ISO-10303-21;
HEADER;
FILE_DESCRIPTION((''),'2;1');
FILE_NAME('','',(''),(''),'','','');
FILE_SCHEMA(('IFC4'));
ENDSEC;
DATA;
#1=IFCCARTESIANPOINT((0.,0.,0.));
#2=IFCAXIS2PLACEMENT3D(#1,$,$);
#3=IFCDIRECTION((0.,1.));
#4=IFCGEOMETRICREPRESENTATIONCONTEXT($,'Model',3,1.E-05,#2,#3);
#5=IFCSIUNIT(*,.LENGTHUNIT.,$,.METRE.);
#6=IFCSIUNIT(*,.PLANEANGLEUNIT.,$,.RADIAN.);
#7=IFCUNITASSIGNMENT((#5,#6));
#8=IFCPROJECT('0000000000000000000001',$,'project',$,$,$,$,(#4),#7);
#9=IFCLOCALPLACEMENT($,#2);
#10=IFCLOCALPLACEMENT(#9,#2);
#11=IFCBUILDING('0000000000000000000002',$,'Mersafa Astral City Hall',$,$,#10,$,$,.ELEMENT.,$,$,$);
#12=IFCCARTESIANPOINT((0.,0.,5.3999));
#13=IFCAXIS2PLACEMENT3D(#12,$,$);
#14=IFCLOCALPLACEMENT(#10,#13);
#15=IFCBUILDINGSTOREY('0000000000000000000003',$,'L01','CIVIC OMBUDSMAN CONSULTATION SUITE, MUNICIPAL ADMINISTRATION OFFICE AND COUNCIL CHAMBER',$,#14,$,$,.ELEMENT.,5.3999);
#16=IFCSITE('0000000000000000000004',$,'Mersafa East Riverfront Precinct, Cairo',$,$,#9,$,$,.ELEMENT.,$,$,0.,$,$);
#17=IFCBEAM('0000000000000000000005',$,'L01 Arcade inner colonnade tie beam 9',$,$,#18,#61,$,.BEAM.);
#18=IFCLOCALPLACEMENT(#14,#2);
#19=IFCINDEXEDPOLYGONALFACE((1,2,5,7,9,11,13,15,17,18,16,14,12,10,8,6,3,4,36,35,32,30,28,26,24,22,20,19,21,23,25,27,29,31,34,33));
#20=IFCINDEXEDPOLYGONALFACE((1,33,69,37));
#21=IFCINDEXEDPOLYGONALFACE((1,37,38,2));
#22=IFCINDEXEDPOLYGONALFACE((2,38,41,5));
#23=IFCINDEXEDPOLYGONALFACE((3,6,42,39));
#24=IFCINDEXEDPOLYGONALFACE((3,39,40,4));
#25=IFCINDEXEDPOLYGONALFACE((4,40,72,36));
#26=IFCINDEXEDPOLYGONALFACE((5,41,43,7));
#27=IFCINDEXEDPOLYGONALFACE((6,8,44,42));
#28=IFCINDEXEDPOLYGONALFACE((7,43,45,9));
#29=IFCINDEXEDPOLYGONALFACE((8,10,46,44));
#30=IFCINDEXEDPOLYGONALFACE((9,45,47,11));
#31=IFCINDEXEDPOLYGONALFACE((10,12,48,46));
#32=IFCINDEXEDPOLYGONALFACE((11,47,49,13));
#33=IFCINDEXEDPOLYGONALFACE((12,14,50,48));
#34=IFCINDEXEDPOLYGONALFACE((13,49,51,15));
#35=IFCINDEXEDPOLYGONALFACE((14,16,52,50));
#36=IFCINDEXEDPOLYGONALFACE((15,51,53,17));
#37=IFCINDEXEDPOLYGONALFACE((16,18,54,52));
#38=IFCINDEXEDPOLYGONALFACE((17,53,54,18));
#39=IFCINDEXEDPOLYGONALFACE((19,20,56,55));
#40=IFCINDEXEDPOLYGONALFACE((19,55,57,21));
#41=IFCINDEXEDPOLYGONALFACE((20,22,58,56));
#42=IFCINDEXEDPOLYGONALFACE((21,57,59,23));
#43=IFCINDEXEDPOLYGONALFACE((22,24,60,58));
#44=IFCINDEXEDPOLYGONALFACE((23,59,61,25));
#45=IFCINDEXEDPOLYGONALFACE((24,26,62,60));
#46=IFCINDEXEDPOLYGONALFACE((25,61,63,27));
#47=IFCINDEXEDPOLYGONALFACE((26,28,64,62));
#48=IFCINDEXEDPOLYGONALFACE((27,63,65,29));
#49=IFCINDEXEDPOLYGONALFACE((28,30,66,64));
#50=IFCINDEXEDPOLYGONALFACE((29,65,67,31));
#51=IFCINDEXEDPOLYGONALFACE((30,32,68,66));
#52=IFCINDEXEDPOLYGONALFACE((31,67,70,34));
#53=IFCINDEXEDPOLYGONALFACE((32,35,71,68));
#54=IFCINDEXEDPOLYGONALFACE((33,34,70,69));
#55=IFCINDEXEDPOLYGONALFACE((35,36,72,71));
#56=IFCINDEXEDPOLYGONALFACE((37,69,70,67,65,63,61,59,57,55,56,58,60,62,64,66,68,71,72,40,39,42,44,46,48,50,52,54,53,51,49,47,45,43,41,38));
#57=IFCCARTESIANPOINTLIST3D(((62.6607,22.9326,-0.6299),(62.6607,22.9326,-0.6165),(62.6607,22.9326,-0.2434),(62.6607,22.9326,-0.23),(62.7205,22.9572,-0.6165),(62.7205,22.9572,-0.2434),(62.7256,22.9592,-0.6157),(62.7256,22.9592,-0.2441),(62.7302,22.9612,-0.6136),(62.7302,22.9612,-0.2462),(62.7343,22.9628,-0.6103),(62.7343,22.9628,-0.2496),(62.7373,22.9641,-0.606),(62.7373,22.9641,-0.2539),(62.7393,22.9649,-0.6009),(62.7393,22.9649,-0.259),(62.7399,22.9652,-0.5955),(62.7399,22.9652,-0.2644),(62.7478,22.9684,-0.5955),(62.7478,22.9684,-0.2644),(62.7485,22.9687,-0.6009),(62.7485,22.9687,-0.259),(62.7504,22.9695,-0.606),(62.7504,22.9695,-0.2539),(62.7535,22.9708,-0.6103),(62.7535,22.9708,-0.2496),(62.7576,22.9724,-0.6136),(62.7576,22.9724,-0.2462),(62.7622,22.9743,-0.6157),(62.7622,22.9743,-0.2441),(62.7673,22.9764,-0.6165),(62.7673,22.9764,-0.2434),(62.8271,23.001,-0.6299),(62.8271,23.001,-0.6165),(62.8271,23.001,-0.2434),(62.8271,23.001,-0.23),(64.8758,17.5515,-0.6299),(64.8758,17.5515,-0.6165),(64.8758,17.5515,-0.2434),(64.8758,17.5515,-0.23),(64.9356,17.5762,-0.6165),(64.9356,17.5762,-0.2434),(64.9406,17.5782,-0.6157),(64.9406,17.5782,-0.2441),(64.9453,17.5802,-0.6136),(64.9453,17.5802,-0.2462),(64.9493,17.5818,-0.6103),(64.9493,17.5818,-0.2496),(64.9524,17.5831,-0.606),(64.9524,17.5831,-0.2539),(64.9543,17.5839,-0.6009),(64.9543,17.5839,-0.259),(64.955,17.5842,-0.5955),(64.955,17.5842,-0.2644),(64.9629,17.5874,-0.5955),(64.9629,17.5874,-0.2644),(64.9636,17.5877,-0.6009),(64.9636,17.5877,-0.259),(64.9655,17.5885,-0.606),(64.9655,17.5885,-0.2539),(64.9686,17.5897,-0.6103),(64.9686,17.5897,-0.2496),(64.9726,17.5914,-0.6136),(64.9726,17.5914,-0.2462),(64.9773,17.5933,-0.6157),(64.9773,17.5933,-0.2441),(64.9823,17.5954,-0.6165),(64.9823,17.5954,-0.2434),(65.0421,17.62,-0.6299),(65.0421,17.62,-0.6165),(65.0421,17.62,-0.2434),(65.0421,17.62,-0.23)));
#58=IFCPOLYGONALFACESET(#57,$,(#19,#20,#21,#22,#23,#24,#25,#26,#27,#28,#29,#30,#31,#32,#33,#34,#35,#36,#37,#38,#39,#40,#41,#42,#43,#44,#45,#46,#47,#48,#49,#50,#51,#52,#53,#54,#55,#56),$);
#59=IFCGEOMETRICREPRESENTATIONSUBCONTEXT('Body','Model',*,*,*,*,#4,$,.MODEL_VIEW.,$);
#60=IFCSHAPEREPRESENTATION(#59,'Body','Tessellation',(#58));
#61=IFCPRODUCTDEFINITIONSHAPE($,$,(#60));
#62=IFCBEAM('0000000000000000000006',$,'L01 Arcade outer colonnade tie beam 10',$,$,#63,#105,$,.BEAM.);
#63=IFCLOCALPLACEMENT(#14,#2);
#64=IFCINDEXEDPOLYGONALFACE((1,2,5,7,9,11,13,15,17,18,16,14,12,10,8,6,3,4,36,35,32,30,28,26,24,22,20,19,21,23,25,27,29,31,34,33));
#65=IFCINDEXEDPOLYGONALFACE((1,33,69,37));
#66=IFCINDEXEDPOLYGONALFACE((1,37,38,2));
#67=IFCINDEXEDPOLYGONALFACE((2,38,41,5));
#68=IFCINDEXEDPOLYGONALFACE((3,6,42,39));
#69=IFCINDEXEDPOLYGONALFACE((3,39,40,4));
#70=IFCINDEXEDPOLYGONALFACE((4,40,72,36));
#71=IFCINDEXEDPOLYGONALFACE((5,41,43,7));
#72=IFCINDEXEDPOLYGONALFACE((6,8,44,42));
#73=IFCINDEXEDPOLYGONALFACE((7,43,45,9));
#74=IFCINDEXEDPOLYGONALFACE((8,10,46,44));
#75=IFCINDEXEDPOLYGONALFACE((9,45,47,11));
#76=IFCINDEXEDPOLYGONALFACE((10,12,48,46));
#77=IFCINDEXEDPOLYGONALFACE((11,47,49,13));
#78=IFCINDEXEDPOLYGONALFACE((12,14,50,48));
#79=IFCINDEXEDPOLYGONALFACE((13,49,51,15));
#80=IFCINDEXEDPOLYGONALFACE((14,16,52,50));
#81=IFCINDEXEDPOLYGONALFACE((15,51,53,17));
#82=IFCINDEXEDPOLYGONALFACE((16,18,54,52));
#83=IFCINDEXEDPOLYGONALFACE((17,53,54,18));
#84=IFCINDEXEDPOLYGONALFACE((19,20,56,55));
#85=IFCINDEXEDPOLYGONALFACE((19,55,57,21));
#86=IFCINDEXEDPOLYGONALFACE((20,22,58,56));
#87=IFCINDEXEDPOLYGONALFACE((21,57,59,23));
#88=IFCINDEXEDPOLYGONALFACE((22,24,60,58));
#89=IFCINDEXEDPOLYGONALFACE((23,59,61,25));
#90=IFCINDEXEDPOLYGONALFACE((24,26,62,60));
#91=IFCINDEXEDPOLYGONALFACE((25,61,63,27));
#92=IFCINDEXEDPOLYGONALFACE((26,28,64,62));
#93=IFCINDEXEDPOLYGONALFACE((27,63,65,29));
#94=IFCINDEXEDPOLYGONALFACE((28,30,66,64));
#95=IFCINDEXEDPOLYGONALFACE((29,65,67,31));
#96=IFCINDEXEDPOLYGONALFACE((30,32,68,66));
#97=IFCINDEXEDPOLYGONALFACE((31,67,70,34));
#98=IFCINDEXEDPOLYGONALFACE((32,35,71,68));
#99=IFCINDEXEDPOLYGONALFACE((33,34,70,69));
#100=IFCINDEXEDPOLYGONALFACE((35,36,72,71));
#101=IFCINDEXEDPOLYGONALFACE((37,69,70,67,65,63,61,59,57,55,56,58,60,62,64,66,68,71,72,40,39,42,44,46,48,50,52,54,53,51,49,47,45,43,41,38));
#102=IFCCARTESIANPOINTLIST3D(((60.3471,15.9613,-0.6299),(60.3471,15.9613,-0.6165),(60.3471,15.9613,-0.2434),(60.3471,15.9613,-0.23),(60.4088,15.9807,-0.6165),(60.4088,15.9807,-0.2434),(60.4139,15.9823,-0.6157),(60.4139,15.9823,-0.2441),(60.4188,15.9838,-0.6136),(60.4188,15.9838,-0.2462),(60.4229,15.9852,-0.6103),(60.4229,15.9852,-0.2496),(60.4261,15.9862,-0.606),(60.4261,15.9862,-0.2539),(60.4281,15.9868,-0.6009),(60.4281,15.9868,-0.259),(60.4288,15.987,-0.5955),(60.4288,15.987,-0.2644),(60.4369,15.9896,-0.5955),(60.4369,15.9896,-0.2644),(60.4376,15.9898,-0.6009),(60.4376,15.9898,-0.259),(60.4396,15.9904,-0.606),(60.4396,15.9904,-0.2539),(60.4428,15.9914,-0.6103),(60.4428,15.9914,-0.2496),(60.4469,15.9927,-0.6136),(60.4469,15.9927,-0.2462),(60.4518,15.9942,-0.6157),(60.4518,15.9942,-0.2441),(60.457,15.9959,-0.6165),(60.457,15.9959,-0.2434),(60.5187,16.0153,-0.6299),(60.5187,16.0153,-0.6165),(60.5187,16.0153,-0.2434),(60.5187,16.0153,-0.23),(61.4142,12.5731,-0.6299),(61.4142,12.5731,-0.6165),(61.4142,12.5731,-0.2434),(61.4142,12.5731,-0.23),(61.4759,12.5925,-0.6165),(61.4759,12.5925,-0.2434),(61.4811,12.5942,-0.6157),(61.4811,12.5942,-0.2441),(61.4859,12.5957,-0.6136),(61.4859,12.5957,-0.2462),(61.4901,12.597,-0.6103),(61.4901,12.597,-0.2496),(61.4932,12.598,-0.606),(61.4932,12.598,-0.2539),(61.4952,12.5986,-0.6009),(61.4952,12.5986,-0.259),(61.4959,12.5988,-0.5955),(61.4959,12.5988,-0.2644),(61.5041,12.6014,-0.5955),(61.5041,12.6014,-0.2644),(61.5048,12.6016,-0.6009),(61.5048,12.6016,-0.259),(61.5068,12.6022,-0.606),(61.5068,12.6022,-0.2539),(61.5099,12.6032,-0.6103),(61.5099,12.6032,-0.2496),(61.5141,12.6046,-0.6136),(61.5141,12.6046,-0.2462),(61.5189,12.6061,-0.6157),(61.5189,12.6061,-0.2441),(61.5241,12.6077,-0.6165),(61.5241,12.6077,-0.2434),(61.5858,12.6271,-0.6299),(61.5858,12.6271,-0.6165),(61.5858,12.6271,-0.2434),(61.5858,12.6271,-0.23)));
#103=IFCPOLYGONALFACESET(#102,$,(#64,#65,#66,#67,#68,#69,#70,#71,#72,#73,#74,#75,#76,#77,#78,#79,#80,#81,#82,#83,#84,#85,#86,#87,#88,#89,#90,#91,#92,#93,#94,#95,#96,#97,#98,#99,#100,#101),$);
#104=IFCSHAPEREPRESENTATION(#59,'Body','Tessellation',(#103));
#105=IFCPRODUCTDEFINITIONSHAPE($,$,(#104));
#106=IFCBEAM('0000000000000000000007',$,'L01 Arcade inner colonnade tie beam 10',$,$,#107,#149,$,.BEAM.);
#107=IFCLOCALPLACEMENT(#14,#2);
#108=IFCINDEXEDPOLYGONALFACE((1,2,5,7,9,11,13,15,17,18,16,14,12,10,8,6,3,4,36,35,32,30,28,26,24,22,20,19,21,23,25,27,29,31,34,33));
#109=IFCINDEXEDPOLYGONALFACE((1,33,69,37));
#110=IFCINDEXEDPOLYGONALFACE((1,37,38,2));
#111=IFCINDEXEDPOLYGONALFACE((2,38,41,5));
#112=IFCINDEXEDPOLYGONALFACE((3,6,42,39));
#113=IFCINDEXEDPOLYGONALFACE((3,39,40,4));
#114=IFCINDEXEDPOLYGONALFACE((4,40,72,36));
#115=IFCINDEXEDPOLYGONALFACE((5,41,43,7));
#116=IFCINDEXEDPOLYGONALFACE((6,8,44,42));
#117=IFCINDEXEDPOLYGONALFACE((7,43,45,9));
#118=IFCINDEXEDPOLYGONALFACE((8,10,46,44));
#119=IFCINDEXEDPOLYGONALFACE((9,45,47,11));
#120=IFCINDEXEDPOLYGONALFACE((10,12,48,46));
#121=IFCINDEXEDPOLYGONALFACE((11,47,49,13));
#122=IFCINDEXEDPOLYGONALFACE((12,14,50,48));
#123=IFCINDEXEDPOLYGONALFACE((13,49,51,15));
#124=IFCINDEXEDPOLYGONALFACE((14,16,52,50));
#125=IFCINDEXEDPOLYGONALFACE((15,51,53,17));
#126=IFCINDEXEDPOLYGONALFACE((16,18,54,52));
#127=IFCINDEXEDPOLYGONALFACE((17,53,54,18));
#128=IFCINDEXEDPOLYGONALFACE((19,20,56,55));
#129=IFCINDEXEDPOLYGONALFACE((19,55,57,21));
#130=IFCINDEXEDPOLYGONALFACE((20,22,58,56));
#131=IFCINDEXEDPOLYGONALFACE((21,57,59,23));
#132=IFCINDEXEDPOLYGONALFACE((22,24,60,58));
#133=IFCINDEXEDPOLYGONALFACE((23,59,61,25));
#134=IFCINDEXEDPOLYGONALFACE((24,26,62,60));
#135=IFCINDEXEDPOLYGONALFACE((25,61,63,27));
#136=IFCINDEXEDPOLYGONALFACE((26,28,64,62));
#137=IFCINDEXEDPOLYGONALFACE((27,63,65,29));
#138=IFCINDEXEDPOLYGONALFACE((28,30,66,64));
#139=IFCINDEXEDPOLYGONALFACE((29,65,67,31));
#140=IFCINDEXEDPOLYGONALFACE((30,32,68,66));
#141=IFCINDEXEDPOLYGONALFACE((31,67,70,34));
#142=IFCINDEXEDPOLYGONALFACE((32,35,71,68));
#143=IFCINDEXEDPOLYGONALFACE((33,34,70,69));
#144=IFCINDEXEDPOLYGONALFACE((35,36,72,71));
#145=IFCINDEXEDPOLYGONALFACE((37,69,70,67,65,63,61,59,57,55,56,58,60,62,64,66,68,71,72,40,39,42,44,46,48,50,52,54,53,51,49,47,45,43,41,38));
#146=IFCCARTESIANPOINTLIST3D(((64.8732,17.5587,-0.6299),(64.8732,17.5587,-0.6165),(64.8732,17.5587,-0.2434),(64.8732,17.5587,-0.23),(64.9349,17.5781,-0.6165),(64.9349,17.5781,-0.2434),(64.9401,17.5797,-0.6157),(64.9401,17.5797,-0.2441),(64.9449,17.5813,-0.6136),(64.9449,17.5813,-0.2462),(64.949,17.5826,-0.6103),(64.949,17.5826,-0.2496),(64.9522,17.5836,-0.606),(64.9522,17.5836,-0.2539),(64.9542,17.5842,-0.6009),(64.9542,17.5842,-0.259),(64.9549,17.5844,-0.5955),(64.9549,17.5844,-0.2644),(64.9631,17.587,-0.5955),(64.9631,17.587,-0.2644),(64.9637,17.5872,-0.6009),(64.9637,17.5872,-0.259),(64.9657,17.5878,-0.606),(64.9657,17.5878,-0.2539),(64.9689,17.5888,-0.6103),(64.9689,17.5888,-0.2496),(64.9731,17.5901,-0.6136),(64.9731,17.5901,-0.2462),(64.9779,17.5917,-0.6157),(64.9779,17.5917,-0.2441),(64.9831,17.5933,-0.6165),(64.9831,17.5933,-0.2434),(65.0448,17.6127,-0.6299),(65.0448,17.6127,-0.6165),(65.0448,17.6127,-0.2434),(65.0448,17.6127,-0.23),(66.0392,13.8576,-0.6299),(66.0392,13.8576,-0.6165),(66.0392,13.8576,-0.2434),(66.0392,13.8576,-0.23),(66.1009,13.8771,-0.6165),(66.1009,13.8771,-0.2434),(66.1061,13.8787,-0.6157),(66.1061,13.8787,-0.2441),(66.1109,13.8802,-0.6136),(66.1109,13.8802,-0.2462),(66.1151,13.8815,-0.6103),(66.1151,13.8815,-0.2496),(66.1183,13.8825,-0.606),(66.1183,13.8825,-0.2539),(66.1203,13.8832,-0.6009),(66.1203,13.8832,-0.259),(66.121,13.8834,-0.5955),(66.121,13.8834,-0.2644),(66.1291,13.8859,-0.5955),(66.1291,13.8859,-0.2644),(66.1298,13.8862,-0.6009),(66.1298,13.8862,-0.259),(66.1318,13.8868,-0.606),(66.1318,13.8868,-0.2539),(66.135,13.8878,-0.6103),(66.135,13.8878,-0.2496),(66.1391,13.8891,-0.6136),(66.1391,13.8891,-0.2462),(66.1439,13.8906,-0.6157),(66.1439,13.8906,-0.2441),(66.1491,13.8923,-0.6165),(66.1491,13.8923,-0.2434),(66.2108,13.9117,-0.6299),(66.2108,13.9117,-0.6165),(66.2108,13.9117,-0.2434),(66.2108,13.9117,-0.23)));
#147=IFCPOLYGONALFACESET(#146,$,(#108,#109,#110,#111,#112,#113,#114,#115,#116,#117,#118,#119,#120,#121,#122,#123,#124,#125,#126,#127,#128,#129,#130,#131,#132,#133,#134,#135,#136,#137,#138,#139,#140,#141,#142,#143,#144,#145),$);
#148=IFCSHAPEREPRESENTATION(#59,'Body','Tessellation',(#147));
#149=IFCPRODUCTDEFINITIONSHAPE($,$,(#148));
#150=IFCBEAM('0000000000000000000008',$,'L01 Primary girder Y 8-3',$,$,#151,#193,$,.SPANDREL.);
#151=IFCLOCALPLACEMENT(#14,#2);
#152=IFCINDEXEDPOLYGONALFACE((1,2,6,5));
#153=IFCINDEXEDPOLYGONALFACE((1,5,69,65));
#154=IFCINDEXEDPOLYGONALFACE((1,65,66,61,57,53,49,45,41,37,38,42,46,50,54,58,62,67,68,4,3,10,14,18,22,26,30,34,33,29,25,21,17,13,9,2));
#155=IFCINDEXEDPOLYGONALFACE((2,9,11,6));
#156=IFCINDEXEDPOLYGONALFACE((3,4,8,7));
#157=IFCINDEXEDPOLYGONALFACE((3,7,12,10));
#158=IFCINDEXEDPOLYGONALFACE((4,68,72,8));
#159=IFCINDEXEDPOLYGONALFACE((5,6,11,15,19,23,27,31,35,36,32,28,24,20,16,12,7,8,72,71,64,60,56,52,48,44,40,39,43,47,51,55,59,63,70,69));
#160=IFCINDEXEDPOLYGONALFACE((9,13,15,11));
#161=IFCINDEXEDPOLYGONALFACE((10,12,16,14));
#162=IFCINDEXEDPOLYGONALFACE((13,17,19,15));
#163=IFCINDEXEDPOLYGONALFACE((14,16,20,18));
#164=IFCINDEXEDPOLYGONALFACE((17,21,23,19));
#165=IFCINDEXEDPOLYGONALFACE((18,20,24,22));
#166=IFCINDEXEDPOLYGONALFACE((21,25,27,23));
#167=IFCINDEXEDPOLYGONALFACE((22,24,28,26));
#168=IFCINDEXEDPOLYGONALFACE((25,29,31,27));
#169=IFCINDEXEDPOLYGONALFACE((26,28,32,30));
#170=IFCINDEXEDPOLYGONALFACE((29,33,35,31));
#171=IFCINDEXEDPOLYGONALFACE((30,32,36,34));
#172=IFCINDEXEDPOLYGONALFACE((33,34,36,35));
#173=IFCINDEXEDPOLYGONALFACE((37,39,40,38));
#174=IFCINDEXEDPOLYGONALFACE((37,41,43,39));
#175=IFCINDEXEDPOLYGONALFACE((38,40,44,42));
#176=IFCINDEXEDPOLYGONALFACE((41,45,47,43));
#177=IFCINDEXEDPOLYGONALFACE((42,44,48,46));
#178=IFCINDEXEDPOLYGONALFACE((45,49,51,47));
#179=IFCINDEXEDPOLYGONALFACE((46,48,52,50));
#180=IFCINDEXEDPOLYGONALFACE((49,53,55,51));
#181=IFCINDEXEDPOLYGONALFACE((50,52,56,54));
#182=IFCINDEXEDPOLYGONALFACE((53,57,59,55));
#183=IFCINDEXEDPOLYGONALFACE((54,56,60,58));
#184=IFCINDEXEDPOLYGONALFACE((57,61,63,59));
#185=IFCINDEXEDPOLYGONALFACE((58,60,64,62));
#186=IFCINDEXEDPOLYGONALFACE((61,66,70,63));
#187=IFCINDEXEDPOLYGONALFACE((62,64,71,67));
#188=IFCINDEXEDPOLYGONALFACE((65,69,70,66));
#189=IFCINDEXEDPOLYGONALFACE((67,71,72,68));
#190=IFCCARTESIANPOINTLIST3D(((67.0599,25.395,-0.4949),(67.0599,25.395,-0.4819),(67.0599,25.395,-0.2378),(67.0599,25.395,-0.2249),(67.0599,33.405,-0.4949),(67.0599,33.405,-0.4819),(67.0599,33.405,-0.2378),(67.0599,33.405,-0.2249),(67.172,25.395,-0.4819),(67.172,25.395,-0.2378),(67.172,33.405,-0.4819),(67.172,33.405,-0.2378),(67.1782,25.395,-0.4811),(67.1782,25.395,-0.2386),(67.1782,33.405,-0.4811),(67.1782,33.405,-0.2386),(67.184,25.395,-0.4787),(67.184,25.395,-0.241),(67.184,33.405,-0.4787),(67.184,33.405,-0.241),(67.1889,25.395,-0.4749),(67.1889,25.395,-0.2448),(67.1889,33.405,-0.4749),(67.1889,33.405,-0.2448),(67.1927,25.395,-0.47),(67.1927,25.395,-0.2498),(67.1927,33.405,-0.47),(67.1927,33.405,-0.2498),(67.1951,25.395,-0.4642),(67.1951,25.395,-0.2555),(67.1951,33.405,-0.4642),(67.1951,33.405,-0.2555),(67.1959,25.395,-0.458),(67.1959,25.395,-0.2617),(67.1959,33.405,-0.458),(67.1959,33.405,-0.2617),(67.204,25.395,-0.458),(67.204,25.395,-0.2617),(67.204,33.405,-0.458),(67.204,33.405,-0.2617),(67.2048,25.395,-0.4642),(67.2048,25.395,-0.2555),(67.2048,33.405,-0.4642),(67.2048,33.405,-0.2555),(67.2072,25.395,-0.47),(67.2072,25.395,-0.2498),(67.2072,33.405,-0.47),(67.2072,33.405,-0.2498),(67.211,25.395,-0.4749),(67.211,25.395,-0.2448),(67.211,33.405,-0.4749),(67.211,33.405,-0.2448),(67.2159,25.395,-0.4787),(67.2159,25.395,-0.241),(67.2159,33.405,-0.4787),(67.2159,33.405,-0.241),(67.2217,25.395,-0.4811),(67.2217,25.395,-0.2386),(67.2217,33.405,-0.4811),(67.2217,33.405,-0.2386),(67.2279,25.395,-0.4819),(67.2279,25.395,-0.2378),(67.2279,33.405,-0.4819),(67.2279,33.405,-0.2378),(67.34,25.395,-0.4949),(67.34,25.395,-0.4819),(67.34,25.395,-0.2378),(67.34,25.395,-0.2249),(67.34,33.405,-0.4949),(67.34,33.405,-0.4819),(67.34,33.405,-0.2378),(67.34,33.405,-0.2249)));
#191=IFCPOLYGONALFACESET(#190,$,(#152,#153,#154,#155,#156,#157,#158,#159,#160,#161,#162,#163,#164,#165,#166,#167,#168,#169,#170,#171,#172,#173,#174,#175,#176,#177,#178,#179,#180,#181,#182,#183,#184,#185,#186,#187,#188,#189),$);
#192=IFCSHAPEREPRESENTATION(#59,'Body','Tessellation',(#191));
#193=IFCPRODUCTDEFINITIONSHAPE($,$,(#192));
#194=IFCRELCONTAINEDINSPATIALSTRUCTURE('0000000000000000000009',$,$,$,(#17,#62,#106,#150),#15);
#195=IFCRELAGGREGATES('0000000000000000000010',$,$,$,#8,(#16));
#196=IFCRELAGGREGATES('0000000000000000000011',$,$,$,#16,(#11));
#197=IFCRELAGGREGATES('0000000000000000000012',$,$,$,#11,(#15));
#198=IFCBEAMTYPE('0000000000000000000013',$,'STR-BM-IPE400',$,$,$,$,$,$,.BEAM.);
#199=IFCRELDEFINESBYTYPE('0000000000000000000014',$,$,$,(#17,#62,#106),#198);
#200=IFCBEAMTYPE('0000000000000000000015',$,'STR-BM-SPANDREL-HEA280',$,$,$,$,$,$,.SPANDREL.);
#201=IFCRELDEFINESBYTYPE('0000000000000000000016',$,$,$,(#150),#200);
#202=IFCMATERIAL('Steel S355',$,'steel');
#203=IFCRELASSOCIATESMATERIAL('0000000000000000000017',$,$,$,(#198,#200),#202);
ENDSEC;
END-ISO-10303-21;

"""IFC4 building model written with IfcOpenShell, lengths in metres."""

from ifc_helpers import new_model, si_unit, direction, frame, origin, origin_2d, place, context, subcontext, project, spatial, i_section, extrude, material, material_profile, profile_set, type_object, element, save


model = new_model("IFC4")

# Units and contexts
model_context = context("Model", 3, precision=1e-05, world=origin(), true_north=direction((0.0, 1.0)))
body_context = subcontext(model_context, "Body", "Model", "MODEL_VIEW")
ifc_project = project(units=[si_unit("LENGTHUNIT", "METRE"), si_unit("PLANEANGLEUNIT", "RADIAN")], contexts=[model_context])

# Site, building, storey
site_placement = place(None, origin())
site = spatial("IfcSite", under=ifc_project, at=site_placement, Name="Mersafa East Riverfront Precinct, Cairo", CompositionType="ELEMENT", RefElevation=0.0)
building_placement = place(site_placement, origin())
building = spatial("IfcBuilding", under=site, at=building_placement, Name="Mersafa Astral City Hall", CompositionType="ELEMENT")
storey_placement = place(building_placement, frame((0.0, 0.0, 5.3999)))
storey = spatial("IfcBuildingStorey", under=building, at=storey_placement, Name="L01", Description="CIVIC OMBUDSMAN CONSULTATION SUITE, MUNICIPAL ADMINISTRATION OFFICE AND COUNCIL CHAMBER", CompositionType="ELEMENT", Elevation=5.3999)

# Shared definitions
ifc_material_1 = material(Name="Steel S355", Category="steel")

# Beams
ifc_material_profile_1 = material_profile(ifc_material_1, i_section(OverallWidth=0.1799, OverallDepth=0.3999, WebThickness=0.0085, FlangeThickness=0.0134, FilletRadius=0.021, at=origin_2d()), Name="IPE 400")
ifc_profile_set_1 = profile_set([ifc_material_profile_1], Name="Steel S355")
beam_type_1 = type_object("IfcBeamType", Name="STR-BM-IPE400", PredefinedType="BEAM", material=ifc_profile_set_1)
beam_1_placement = place(storey_placement, frame((62.7439, 22.9668, -0.4299), z_axis=(0.380653, -0.924718, 0.0), x_axis=(0.924718, 0.380653, 0.0)))
element("IfcBeam", 1, at=beam_1_placement, inside=storey, type_object=beam_type_1, Name="L01 Arcade inner colonnade tie beam 9", PredefinedType="BEAM", context=body_context, shape_type="SweptSolid", body=[
    extrude(i_section(OverallWidth=0.1799, OverallDepth=0.3999, WebThickness=0.0085, FlangeThickness=0.0134, FilletRadius=0.021, at=origin_2d()), origin(), (0.0, 0.0, 1.0), 5.8191),
])
beam_2_placement = place(storey_placement, frame((60.4329, 15.9883, -0.4299), z_axis=(0.300411, -0.95381, 0.0), x_axis=(0.95381, 0.300411, 0.0)))
element("IfcBeam", 2, at=beam_2_placement, inside=storey, type_object=beam_type_1, Name="L01 Arcade outer colonnade tie beam 10", PredefinedType="BEAM", context=body_context, shape_type="SweptSolid", body=[
    extrude(i_section(OverallWidth=0.1799, OverallDepth=0.3999, WebThickness=0.0085, FlangeThickness=0.0134, FilletRadius=0.021, at=origin_2d()), origin(), (0.0, 0.0, 1.0), 3.5522),
])
beam_3_placement = place(storey_placement, frame((64.959, 17.5857, -0.4299), z_axis=(0.300499, -0.953782, 0.0), x_axis=(0.953782, 0.300499, 0.0)))
element("IfcBeam", 3, at=beam_3_placement, inside=storey, type_object=beam_type_1, Name="L01 Arcade inner colonnade tie beam 10", PredefinedType="BEAM", context=body_context, shape_type="SweptSolid", body=[
    extrude(i_section(OverallWidth=0.1799, OverallDepth=0.3999, WebThickness=0.0085, FlangeThickness=0.0134, FilletRadius=0.021, at=origin_2d()), origin(), (0.0, 0.0, 1.0), 3.8804),
])
ifc_material_profile_2 = material_profile(ifc_material_1, i_section(OverallWidth=0.28, OverallDepth=0.27, WebThickness=0.0081, FlangeThickness=0.0129, FilletRadius=0.0239, at=origin_2d()), Name="HEA 280")
ifc_profile_set_2 = profile_set([ifc_material_profile_2], Name="Steel S355")
beam_type_2 = type_object("IfcBeamType", Name="STR-BM-SPANDREL-HEA280", PredefinedType="SPANDREL", material=ifc_profile_set_2)
beam_4_placement = place(storey_placement, frame((67.2, 25.395, -0.3599), z_axis=(0.0, 1.0, 0.0), x_axis=(-1.0, 0.0, 0.0)))
element("IfcBeam", 4, at=beam_4_placement, inside=storey, type_object=beam_type_2, Name="L01 Primary girder Y 8-3", PredefinedType="SPANDREL", context=body_context, shape_type="SweptSolid", body=[
    extrude(i_section(OverallWidth=0.28, OverallDepth=0.27, WebThickness=0.0081, FlangeThickness=0.0129, FilletRadius=0.0239, at=origin_2d()), origin(), (0.0, 0.0, 1.0), 8.01),
])

save(model, "model.ifc")
